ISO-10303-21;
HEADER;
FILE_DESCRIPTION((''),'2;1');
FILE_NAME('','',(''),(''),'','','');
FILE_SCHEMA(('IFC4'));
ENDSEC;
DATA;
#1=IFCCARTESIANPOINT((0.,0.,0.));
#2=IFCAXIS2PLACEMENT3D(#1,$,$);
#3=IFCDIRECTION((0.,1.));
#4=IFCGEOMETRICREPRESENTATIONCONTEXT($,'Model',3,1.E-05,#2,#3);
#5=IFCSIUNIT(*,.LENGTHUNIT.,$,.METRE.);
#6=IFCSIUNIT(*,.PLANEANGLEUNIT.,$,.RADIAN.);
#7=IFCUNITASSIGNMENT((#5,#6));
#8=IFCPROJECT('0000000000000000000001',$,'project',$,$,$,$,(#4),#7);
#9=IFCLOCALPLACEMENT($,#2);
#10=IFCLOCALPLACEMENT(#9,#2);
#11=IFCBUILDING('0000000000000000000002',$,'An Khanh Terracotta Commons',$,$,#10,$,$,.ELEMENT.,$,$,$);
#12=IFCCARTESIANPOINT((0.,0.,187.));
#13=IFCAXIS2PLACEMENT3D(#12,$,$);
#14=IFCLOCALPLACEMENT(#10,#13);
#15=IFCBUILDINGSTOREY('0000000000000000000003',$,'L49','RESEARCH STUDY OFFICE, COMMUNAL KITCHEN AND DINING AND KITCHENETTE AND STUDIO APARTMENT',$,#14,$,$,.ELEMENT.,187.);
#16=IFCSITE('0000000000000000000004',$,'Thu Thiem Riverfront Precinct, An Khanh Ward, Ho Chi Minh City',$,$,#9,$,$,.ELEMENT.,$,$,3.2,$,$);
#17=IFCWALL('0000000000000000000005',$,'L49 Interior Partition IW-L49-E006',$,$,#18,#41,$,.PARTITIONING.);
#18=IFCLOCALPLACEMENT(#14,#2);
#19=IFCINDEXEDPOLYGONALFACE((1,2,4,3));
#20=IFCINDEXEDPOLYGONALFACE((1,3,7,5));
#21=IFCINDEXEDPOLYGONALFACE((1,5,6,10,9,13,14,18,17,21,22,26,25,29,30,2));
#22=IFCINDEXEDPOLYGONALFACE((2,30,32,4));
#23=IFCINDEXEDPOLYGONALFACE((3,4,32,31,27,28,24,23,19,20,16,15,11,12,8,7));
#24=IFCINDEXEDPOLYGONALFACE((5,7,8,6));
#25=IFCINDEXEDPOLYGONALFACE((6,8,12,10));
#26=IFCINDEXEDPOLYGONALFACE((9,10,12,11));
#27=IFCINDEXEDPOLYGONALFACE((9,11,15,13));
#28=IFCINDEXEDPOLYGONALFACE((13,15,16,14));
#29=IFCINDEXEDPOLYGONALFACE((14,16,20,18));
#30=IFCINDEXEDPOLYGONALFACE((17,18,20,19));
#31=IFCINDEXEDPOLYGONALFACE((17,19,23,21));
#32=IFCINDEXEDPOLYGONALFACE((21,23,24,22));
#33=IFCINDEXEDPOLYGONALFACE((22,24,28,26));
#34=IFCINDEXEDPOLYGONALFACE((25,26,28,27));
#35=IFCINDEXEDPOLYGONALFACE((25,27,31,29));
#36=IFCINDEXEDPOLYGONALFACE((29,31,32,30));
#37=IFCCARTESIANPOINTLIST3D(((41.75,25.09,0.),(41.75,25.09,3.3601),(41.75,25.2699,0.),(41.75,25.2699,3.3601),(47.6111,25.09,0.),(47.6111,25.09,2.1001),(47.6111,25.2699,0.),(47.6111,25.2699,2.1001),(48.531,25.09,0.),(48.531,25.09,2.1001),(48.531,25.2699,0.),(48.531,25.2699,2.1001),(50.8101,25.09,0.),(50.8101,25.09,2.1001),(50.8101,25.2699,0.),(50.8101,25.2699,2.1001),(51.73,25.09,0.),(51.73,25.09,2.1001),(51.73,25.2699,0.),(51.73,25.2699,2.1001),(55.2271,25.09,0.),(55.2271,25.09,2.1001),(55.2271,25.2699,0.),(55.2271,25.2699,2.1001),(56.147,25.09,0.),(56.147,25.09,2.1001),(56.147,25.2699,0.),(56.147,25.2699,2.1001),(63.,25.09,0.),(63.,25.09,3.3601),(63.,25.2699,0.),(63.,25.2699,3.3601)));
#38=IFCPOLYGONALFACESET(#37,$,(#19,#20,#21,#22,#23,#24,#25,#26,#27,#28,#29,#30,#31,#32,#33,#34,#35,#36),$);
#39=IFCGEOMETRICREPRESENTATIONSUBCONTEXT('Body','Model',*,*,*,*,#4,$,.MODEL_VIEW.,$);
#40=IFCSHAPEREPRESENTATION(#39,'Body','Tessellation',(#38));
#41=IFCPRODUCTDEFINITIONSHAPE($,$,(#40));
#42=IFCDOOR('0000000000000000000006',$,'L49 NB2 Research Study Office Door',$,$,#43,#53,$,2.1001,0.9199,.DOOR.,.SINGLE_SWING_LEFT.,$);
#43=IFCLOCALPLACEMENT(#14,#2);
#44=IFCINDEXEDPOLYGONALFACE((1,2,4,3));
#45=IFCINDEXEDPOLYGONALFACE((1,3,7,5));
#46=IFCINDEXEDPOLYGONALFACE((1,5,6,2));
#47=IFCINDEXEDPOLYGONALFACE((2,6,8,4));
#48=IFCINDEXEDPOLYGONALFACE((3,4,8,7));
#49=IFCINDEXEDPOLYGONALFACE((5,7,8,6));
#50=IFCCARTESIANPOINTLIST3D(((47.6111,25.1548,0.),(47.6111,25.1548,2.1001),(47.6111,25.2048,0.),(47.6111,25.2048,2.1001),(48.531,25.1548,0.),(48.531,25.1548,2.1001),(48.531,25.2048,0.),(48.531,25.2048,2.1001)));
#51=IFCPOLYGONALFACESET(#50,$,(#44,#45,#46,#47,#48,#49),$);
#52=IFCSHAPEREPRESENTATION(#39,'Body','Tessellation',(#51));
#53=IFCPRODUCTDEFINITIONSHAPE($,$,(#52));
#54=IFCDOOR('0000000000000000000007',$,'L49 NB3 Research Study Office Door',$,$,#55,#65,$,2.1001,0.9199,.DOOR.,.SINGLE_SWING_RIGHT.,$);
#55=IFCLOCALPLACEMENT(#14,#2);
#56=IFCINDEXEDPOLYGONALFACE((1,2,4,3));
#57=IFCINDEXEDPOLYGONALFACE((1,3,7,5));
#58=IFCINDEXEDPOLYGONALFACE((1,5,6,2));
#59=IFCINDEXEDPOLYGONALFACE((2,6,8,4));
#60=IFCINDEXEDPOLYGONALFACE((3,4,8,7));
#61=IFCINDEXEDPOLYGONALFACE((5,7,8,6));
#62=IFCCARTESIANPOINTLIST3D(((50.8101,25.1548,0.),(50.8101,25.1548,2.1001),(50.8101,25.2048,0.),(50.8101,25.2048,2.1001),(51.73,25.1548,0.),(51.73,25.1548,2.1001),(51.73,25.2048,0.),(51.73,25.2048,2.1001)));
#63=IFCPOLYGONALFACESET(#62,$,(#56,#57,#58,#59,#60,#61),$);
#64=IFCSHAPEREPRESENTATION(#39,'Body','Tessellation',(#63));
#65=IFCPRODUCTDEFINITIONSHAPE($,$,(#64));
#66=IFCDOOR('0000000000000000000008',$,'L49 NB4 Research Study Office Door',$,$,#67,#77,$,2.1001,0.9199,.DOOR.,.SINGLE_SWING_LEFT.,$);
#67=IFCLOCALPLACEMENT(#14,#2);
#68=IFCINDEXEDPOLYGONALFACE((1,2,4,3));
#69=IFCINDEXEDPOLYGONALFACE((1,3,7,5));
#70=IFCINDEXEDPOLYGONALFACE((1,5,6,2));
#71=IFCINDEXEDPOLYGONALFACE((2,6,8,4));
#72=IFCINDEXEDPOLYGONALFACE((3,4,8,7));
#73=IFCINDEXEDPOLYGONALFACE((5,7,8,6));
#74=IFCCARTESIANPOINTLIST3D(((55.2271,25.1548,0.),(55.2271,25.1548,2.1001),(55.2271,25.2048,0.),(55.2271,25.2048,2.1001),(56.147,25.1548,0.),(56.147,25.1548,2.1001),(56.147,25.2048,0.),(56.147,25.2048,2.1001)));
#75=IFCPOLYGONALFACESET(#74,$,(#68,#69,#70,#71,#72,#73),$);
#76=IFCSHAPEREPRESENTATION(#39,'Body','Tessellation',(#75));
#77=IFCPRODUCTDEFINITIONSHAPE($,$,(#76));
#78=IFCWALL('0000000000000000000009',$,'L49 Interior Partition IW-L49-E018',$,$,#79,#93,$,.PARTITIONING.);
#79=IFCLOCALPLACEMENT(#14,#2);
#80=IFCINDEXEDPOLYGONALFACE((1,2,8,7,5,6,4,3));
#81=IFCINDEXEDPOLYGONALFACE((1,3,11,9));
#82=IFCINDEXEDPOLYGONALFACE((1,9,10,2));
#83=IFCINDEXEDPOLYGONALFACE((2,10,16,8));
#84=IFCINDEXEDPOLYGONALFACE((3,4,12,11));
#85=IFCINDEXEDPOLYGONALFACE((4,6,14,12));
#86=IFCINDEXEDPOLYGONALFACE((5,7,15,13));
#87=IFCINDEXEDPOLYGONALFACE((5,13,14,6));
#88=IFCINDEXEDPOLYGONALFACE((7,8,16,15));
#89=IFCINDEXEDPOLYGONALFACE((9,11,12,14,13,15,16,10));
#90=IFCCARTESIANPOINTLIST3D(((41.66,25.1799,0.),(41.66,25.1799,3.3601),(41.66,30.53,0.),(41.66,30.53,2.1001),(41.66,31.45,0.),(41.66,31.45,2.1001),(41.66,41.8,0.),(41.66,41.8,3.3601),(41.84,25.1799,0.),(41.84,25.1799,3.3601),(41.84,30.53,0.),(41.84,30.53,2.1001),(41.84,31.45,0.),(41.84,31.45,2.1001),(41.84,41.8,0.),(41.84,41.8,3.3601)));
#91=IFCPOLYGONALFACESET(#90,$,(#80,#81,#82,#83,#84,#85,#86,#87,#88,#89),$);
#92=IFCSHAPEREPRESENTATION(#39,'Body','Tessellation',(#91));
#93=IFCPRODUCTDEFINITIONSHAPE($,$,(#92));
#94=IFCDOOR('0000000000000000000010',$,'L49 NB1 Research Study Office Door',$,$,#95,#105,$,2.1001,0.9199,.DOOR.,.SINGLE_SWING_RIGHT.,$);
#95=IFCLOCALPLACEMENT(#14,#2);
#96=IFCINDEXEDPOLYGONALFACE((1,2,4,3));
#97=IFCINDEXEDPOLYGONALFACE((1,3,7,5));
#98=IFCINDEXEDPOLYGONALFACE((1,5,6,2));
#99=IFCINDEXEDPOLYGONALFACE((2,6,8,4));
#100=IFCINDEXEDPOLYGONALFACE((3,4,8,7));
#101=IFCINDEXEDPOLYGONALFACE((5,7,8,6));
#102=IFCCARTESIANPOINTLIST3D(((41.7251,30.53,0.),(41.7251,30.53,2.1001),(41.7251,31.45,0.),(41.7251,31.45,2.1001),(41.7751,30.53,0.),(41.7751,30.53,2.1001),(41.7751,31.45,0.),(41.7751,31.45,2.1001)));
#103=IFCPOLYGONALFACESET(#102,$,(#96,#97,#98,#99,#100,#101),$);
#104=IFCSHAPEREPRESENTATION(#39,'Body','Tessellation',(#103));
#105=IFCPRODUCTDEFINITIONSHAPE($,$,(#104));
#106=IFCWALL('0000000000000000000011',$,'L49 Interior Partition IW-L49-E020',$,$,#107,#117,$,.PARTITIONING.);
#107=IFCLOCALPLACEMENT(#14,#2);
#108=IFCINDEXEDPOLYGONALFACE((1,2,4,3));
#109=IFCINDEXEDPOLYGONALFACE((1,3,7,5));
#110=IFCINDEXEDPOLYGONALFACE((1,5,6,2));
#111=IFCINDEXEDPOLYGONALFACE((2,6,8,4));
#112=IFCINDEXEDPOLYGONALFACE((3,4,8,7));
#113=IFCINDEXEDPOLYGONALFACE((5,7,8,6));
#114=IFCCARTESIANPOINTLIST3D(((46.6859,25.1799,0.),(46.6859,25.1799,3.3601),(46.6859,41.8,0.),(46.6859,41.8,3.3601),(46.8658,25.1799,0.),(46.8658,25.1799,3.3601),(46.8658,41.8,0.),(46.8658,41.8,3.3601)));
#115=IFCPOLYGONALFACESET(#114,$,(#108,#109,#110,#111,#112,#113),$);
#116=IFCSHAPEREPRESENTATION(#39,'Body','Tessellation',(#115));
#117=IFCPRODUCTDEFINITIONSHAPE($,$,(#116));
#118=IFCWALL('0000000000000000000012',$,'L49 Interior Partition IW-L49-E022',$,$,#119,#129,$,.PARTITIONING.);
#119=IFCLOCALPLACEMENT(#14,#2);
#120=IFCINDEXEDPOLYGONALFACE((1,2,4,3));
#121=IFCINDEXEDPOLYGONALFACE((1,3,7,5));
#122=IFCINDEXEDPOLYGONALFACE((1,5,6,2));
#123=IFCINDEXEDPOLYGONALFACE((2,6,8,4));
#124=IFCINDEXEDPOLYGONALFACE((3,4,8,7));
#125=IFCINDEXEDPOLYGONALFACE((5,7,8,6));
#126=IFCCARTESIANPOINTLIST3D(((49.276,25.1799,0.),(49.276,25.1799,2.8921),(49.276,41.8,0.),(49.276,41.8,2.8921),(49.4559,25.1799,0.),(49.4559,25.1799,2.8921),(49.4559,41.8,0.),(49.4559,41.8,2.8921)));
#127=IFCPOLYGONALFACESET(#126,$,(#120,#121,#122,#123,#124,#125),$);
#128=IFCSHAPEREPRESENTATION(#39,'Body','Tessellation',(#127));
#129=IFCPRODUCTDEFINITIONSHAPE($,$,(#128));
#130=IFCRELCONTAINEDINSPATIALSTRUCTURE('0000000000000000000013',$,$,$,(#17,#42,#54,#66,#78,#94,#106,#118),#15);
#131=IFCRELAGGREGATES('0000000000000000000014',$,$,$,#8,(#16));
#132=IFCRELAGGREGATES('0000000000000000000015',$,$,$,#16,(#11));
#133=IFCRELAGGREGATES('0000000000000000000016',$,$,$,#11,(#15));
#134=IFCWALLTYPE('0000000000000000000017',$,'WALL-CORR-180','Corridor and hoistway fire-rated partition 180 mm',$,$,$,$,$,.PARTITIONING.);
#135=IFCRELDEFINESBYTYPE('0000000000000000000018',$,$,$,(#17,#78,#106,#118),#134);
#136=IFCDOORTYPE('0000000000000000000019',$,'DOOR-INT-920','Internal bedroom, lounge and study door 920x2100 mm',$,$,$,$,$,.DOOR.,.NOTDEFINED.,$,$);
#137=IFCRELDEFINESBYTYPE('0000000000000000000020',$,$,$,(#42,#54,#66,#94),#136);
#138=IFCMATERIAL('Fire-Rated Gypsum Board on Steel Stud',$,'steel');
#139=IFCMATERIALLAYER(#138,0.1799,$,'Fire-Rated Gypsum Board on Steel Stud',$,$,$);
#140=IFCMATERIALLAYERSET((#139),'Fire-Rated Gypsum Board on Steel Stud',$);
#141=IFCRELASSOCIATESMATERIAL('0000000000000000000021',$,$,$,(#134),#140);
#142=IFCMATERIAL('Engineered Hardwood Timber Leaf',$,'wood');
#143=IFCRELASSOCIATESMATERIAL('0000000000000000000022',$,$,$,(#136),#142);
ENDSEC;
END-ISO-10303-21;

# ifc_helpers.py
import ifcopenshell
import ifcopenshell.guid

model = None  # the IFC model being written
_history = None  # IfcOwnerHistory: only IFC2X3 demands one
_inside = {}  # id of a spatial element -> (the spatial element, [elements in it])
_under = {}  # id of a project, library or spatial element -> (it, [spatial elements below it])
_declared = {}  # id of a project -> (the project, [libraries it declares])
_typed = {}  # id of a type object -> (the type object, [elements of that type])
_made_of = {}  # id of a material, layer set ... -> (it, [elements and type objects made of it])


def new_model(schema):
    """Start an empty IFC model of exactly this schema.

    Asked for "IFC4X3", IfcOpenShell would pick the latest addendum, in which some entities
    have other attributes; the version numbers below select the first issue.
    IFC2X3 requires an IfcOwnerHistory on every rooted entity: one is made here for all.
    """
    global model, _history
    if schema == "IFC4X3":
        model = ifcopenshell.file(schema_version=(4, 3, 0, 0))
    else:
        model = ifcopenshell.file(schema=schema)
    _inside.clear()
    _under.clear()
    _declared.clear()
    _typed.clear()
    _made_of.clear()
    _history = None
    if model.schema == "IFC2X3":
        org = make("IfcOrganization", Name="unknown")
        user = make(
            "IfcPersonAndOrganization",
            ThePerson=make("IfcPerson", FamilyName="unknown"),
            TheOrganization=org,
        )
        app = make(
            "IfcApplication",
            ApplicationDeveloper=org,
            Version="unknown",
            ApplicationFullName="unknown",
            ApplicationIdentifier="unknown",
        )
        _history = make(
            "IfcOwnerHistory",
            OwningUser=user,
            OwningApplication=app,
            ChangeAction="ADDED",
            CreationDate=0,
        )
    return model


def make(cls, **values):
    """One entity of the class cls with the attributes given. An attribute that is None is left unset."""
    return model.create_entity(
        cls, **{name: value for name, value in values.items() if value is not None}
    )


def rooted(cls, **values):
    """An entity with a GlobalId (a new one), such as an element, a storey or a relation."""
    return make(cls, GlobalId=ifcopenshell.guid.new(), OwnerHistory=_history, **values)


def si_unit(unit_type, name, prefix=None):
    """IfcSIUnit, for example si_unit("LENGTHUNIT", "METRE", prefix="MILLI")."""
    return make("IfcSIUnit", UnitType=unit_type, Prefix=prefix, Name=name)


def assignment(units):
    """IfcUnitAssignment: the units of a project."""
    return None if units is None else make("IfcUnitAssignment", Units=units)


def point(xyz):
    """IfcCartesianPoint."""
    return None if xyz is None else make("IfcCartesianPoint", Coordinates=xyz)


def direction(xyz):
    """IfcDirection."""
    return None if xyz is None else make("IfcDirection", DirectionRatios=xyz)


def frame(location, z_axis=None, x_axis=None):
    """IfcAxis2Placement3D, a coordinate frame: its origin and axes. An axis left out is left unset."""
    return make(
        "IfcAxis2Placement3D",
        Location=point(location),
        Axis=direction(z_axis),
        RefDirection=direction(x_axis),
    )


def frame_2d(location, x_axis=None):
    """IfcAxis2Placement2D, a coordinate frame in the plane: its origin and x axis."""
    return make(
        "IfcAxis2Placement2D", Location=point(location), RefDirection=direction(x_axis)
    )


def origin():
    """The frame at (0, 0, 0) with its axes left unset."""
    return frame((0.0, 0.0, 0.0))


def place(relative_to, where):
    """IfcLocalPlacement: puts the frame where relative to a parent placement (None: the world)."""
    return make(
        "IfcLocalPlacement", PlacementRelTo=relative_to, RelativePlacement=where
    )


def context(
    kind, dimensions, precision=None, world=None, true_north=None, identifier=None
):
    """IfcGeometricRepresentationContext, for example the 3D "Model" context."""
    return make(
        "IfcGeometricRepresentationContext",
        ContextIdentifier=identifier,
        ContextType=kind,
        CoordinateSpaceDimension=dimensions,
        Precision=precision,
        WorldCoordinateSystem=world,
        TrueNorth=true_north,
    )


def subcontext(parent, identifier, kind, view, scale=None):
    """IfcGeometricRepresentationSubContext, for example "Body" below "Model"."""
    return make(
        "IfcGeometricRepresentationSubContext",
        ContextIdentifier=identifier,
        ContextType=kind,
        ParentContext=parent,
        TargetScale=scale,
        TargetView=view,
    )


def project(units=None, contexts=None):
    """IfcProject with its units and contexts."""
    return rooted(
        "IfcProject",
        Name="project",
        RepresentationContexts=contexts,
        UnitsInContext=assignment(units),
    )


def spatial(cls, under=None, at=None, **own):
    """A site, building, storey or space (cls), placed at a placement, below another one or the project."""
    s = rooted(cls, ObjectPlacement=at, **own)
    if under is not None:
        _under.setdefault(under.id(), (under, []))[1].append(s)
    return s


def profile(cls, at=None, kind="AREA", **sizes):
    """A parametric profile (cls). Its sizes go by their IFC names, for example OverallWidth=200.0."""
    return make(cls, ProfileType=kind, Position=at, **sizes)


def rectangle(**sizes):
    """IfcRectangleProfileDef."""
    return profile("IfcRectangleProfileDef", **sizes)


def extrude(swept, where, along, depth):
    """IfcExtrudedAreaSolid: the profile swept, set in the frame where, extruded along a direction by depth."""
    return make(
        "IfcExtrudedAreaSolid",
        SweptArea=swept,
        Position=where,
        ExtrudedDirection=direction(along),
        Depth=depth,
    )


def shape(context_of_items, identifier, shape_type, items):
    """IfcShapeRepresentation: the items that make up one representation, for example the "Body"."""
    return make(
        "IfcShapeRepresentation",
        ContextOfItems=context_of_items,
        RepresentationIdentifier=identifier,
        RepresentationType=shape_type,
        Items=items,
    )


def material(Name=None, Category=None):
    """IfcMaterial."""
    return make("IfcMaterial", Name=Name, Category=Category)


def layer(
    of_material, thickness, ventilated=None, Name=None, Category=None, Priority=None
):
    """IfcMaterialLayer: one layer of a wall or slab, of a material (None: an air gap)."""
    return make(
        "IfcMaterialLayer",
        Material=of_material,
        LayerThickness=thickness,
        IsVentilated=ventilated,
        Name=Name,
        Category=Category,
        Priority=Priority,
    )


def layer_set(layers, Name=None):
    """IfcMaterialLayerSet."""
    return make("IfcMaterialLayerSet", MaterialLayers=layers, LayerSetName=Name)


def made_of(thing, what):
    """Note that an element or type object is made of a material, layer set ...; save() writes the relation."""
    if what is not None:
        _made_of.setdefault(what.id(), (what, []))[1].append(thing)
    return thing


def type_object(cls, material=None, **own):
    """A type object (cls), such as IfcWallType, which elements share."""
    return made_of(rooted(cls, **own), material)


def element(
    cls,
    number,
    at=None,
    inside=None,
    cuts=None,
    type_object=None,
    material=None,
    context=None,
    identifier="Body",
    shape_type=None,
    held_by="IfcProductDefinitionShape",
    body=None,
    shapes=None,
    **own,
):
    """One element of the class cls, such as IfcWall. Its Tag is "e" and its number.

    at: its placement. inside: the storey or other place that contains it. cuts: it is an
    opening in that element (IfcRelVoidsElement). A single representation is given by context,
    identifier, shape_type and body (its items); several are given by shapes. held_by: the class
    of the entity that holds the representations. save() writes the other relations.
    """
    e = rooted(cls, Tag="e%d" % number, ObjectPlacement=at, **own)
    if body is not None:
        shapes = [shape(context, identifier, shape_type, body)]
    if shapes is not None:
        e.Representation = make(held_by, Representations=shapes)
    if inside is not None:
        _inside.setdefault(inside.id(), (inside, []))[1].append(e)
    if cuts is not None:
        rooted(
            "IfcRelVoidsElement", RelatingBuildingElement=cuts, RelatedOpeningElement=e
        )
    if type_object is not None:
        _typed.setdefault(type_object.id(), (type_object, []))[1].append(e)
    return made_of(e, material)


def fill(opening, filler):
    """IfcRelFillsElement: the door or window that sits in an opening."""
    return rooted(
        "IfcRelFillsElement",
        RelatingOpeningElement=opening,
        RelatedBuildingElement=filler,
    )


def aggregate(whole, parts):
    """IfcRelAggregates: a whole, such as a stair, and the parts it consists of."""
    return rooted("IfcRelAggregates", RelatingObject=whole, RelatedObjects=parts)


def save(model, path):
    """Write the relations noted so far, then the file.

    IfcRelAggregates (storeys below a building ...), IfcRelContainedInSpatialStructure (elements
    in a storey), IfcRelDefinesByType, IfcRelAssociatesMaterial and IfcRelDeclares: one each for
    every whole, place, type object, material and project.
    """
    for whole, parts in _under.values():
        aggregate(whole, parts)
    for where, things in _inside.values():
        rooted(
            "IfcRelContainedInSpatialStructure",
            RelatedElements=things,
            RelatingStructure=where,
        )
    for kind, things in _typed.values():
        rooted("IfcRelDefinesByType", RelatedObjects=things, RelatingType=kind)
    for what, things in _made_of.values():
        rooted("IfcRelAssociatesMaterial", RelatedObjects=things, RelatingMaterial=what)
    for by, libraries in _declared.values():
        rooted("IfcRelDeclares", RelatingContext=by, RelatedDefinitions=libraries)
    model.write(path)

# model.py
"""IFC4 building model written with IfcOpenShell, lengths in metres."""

from ifc_helpers import new_model, si_unit, direction, frame, frame_2d, origin, place, context, subcontext, project, spatial, rectangle, extrude, material, layer, layer_set, type_object, element, fill, save


model = new_model("IFC4")

# Units and contexts
model_context = context("Model", 3, precision=1e-05, world=origin(), true_north=direction((0.0, 1.0)))
body_context = subcontext(model_context, "Body", "Model", "MODEL_VIEW")
ifc_project = project(units=[si_unit("LENGTHUNIT", "METRE"), si_unit("PLANEANGLEUNIT", "RADIAN")], contexts=[model_context])

# Site, building, storey
site_placement = place(None, origin())
site = spatial("IfcSite", under=ifc_project, at=site_placement, Name="Thu Thiem Riverfront Precinct, An Khanh Ward, Ho Chi Minh City", CompositionType="ELEMENT", RefElevation=3.2)
building_placement = place(site_placement, origin())
building = spatial("IfcBuilding", under=site, at=building_placement, Name="An Khanh Terracotta Commons", CompositionType="ELEMENT")
storey_placement = place(building_placement, frame((0.0, 0.0, 187.0)))
storey = spatial("IfcBuildingStorey", under=building, at=storey_placement, Name="L49", Description="RESEARCH STUDY OFFICE, COMMUNAL KITCHEN AND DINING AND KITCHENETTE AND STUDIO APARTMENT", CompositionType="ELEMENT", Elevation=187.0)

# Wall, openings, doors
ifc_material_1 = material(Name="Fire-Rated Gypsum Board on Steel Stud", Category="steel")
ifc_layer = layer(ifc_material_1, 0.1799, Name="Fire-Rated Gypsum Board on Steel Stud")
ifc_layer_set = layer_set([ifc_layer], Name="Fire-Rated Gypsum Board on Steel Stud")
wall_type = type_object("IfcWallType", Name="WALL-CORR-180", Description="Corridor and hoistway fire-rated partition 180 mm", PredefinedType="PARTITIONING", material=ifc_layer_set)
wall_1_placement = place(storey_placement, frame((41.75, 25.1799, 0.0), z_axis=(0.0, 0.0, 1.0), x_axis=(1.0, 0.0, 0.0)))
wall_1 = element("IfcWall", 1, at=wall_1_placement, inside=storey, type_object=wall_type, Name="L49 Interior Partition IW-L49-E006", PredefinedType="PARTITIONING", context=body_context, shape_type="SweptSolid", body=[
    extrude(rectangle(XDim=21.25, YDim=0.1799, at=frame_2d((10.625, 0.0))), origin(), (0.0, 0.0, 1.0), 3.3601),
])
opening_1_placement = place(wall_1_placement, frame((5.8611, 0.0, 0.0)))
opening_1 = element("IfcOpeningElement", 2, at=opening_1_placement, cuts=wall_1, PredefinedType="OPENING", context=body_context, shape_type="SweptSolid", body=[
    extrude(rectangle(XDim=0.9199, YDim=2.1001, at=frame_2d((0.46, 1.05))), frame((0.0, 0.0999, 0.0), z_axis=(0.0, -1.0, 0.0), x_axis=(1.0, 0.0, 0.0)), (0.0, 0.0, 1.0), 0.2),
])
opening_2_placement = place(wall_1_placement, frame((9.0601, 0.0, 0.0)))
opening_2 = element("IfcOpeningElement", 3, at=opening_2_placement, cuts=wall_1, PredefinedType="OPENING", context=body_context, shape_type="SweptSolid", body=[
    extrude(rectangle(XDim=0.9199, YDim=2.1001, at=frame_2d((0.46, 1.05))), frame((0.0, 0.0999, 0.0), z_axis=(0.0, -1.0, 0.0), x_axis=(1.0, 0.0, 0.0)), (0.0, 0.0, 1.0), 0.2),
])
opening_3_placement = place(wall_1_placement, frame((13.4771, 0.0, 0.0)))
opening_3 = element("IfcOpeningElement", 4, at=opening_3_placement, cuts=wall_1, PredefinedType="OPENING", context=body_context, shape_type="SweptSolid", body=[
    extrude(rectangle(XDim=0.9199, YDim=2.1001, at=frame_2d((0.46, 1.05))), frame((0.0, 0.0999, 0.0), z_axis=(0.0, -1.0, 0.0), x_axis=(1.0, 0.0, 0.0)), (0.0, 0.0, 1.0), 0.2),
])
ifc_material_2 = material(Name="Engineered Hardwood Timber Leaf", Category="wood")
door_type = type_object("IfcDoorType", Name="DOOR-INT-920", Description="Internal bedroom, lounge and study door 920x2100 mm", OperationType="NOTDEFINED", PredefinedType="DOOR", material=ifc_material_2)
door_1_placement = place(opening_1_placement, origin())
door_1 = element("IfcDoor", 5, at=door_1_placement, inside=storey, type_object=door_type, Name="L49 NB2 Research Study Office Door", OperationType="SINGLE_SWING_LEFT", OverallHeight=2.1001, OverallWidth=0.9199, PredefinedType="DOOR", context=body_context, shape_type="SweptSolid", body=[
    extrude(rectangle(XDim=0.9199, YDim=2.1001, at=frame_2d((0.46, 1.05))), frame((0.0, 0.0249, 0.0), z_axis=(0.0, -1.0, 0.0), x_axis=(1.0, 0.0, 0.0)), (0.0, 0.0, 1.0), 0.05),
])
fill(opening_1, door_1)
door_2_placement = place(opening_2_placement, origin())
door_2 = element("IfcDoor", 6, at=door_2_placement, inside=storey, type_object=door_type, Name="L49 NB3 Research Study Office Door", OperationType="SINGLE_SWING_RIGHT", OverallHeight=2.1001, OverallWidth=0.9199, PredefinedType="DOOR", context=body_context, shape_type="SweptSolid", body=[
    extrude(rectangle(XDim=0.9199, YDim=2.1001, at=frame_2d((0.46, 1.05))), frame((0.0, 0.0249, 0.0), z_axis=(0.0, -1.0, 0.0), x_axis=(1.0, 0.0, 0.0)), (0.0, 0.0, 1.0), 0.05),
])
fill(opening_2, door_2)
door_3_placement = place(opening_3_placement, origin())
door_3 = element("IfcDoor", 7, at=door_3_placement, inside=storey, type_object=door_type, Name="L49 NB4 Research Study Office Door", OperationType="SINGLE_SWING_LEFT", OverallHeight=2.1001, OverallWidth=0.9199, PredefinedType="DOOR", context=body_context, shape_type="SweptSolid", body=[
    extrude(rectangle(XDim=0.9199, YDim=2.1001, at=frame_2d((0.46, 1.05))), frame((0.0, 0.0249, 0.0), z_axis=(0.0, -1.0, 0.0), x_axis=(1.0, 0.0, 0.0)), (0.0, 0.0, 1.0), 0.05),
])
fill(opening_3, door_3)

# Wall, opening, door
wall_2_placement = place(storey_placement, frame((41.75, 25.1799, 0.0), z_axis=(0.0, 0.0, 1.0), x_axis=(0.0, 1.0, 0.0)))
wall_2 = element("IfcWall", 8, at=wall_2_placement, inside=storey, type_object=wall_type, Name="L49 Interior Partition IW-L49-E018", PredefinedType="PARTITIONING", context=body_context, shape_type="SweptSolid", body=[
    extrude(rectangle(XDim=16.6201, YDim=0.1799, at=frame_2d((8.3101, 0.0))), origin(), (0.0, 0.0, 1.0), 3.3601),
])
opening_4_placement = place(wall_2_placement, frame((5.3501, 0.0, 0.0)))
opening_4 = element("IfcOpeningElement", 9, at=opening_4_placement, cuts=wall_2, PredefinedType="OPENING", context=body_context, shape_type="SweptSolid", body=[
    extrude(rectangle(XDim=0.9199, YDim=2.1001, at=frame_2d((0.46, 1.05))), frame((0.0, 0.0999, 0.0), z_axis=(0.0, -1.0, 0.0), x_axis=(1.0, 0.0, 0.0)), (0.0, 0.0, 1.0), 0.2),
])
door_4_placement = place(opening_4_placement, origin())
door_4 = element("IfcDoor", 10, at=door_4_placement, inside=storey, type_object=door_type, Name="L49 NB1 Research Study Office Door", OperationType="SINGLE_SWING_RIGHT", OverallHeight=2.1001, OverallWidth=0.9199, PredefinedType="DOOR", context=body_context, shape_type="SweptSolid", body=[
    extrude(rectangle(XDim=0.9199, YDim=2.1001, at=frame_2d((0.46, 1.05))), frame((0.0, 0.0249, 0.0), z_axis=(0.0, -1.0, 0.0), x_axis=(1.0, 0.0, 0.0)), (0.0, 0.0, 1.0), 0.05),
])
fill(opening_4, door_4)

# Walls
wall_3_placement = place(storey_placement, frame((46.7759, 25.1799, 0.0), z_axis=(0.0, 0.0, 1.0), x_axis=(0.0, 1.0, 0.0)))
element("IfcWall", 11, at=wall_3_placement, inside=storey, type_object=wall_type, Name="L49 Interior Partition IW-L49-E020", PredefinedType="PARTITIONING", context=body_context, shape_type="SweptSolid", body=[
    extrude(rectangle(XDim=16.6201, YDim=0.1799, at=frame_2d((8.3101, 0.0))), origin(), (0.0, 0.0, 1.0), 3.3601),
])
wall_4_placement = place(storey_placement, frame((49.366, 25.1799, 0.0), z_axis=(0.0, 0.0, 1.0), x_axis=(0.0, 1.0, 0.0)))
element("IfcWall", 12, at=wall_4_placement, inside=storey, type_object=wall_type, Name="L49 Interior Partition IW-L49-E022", PredefinedType="PARTITIONING", context=body_context, shape_type="SweptSolid", body=[
    extrude(rectangle(XDim=16.6201, YDim=0.1799, at=frame_2d((8.3101, 0.0))), origin(), (0.0, 0.0, 1.0), 2.8921),
])

save(model, "model.ifc")
